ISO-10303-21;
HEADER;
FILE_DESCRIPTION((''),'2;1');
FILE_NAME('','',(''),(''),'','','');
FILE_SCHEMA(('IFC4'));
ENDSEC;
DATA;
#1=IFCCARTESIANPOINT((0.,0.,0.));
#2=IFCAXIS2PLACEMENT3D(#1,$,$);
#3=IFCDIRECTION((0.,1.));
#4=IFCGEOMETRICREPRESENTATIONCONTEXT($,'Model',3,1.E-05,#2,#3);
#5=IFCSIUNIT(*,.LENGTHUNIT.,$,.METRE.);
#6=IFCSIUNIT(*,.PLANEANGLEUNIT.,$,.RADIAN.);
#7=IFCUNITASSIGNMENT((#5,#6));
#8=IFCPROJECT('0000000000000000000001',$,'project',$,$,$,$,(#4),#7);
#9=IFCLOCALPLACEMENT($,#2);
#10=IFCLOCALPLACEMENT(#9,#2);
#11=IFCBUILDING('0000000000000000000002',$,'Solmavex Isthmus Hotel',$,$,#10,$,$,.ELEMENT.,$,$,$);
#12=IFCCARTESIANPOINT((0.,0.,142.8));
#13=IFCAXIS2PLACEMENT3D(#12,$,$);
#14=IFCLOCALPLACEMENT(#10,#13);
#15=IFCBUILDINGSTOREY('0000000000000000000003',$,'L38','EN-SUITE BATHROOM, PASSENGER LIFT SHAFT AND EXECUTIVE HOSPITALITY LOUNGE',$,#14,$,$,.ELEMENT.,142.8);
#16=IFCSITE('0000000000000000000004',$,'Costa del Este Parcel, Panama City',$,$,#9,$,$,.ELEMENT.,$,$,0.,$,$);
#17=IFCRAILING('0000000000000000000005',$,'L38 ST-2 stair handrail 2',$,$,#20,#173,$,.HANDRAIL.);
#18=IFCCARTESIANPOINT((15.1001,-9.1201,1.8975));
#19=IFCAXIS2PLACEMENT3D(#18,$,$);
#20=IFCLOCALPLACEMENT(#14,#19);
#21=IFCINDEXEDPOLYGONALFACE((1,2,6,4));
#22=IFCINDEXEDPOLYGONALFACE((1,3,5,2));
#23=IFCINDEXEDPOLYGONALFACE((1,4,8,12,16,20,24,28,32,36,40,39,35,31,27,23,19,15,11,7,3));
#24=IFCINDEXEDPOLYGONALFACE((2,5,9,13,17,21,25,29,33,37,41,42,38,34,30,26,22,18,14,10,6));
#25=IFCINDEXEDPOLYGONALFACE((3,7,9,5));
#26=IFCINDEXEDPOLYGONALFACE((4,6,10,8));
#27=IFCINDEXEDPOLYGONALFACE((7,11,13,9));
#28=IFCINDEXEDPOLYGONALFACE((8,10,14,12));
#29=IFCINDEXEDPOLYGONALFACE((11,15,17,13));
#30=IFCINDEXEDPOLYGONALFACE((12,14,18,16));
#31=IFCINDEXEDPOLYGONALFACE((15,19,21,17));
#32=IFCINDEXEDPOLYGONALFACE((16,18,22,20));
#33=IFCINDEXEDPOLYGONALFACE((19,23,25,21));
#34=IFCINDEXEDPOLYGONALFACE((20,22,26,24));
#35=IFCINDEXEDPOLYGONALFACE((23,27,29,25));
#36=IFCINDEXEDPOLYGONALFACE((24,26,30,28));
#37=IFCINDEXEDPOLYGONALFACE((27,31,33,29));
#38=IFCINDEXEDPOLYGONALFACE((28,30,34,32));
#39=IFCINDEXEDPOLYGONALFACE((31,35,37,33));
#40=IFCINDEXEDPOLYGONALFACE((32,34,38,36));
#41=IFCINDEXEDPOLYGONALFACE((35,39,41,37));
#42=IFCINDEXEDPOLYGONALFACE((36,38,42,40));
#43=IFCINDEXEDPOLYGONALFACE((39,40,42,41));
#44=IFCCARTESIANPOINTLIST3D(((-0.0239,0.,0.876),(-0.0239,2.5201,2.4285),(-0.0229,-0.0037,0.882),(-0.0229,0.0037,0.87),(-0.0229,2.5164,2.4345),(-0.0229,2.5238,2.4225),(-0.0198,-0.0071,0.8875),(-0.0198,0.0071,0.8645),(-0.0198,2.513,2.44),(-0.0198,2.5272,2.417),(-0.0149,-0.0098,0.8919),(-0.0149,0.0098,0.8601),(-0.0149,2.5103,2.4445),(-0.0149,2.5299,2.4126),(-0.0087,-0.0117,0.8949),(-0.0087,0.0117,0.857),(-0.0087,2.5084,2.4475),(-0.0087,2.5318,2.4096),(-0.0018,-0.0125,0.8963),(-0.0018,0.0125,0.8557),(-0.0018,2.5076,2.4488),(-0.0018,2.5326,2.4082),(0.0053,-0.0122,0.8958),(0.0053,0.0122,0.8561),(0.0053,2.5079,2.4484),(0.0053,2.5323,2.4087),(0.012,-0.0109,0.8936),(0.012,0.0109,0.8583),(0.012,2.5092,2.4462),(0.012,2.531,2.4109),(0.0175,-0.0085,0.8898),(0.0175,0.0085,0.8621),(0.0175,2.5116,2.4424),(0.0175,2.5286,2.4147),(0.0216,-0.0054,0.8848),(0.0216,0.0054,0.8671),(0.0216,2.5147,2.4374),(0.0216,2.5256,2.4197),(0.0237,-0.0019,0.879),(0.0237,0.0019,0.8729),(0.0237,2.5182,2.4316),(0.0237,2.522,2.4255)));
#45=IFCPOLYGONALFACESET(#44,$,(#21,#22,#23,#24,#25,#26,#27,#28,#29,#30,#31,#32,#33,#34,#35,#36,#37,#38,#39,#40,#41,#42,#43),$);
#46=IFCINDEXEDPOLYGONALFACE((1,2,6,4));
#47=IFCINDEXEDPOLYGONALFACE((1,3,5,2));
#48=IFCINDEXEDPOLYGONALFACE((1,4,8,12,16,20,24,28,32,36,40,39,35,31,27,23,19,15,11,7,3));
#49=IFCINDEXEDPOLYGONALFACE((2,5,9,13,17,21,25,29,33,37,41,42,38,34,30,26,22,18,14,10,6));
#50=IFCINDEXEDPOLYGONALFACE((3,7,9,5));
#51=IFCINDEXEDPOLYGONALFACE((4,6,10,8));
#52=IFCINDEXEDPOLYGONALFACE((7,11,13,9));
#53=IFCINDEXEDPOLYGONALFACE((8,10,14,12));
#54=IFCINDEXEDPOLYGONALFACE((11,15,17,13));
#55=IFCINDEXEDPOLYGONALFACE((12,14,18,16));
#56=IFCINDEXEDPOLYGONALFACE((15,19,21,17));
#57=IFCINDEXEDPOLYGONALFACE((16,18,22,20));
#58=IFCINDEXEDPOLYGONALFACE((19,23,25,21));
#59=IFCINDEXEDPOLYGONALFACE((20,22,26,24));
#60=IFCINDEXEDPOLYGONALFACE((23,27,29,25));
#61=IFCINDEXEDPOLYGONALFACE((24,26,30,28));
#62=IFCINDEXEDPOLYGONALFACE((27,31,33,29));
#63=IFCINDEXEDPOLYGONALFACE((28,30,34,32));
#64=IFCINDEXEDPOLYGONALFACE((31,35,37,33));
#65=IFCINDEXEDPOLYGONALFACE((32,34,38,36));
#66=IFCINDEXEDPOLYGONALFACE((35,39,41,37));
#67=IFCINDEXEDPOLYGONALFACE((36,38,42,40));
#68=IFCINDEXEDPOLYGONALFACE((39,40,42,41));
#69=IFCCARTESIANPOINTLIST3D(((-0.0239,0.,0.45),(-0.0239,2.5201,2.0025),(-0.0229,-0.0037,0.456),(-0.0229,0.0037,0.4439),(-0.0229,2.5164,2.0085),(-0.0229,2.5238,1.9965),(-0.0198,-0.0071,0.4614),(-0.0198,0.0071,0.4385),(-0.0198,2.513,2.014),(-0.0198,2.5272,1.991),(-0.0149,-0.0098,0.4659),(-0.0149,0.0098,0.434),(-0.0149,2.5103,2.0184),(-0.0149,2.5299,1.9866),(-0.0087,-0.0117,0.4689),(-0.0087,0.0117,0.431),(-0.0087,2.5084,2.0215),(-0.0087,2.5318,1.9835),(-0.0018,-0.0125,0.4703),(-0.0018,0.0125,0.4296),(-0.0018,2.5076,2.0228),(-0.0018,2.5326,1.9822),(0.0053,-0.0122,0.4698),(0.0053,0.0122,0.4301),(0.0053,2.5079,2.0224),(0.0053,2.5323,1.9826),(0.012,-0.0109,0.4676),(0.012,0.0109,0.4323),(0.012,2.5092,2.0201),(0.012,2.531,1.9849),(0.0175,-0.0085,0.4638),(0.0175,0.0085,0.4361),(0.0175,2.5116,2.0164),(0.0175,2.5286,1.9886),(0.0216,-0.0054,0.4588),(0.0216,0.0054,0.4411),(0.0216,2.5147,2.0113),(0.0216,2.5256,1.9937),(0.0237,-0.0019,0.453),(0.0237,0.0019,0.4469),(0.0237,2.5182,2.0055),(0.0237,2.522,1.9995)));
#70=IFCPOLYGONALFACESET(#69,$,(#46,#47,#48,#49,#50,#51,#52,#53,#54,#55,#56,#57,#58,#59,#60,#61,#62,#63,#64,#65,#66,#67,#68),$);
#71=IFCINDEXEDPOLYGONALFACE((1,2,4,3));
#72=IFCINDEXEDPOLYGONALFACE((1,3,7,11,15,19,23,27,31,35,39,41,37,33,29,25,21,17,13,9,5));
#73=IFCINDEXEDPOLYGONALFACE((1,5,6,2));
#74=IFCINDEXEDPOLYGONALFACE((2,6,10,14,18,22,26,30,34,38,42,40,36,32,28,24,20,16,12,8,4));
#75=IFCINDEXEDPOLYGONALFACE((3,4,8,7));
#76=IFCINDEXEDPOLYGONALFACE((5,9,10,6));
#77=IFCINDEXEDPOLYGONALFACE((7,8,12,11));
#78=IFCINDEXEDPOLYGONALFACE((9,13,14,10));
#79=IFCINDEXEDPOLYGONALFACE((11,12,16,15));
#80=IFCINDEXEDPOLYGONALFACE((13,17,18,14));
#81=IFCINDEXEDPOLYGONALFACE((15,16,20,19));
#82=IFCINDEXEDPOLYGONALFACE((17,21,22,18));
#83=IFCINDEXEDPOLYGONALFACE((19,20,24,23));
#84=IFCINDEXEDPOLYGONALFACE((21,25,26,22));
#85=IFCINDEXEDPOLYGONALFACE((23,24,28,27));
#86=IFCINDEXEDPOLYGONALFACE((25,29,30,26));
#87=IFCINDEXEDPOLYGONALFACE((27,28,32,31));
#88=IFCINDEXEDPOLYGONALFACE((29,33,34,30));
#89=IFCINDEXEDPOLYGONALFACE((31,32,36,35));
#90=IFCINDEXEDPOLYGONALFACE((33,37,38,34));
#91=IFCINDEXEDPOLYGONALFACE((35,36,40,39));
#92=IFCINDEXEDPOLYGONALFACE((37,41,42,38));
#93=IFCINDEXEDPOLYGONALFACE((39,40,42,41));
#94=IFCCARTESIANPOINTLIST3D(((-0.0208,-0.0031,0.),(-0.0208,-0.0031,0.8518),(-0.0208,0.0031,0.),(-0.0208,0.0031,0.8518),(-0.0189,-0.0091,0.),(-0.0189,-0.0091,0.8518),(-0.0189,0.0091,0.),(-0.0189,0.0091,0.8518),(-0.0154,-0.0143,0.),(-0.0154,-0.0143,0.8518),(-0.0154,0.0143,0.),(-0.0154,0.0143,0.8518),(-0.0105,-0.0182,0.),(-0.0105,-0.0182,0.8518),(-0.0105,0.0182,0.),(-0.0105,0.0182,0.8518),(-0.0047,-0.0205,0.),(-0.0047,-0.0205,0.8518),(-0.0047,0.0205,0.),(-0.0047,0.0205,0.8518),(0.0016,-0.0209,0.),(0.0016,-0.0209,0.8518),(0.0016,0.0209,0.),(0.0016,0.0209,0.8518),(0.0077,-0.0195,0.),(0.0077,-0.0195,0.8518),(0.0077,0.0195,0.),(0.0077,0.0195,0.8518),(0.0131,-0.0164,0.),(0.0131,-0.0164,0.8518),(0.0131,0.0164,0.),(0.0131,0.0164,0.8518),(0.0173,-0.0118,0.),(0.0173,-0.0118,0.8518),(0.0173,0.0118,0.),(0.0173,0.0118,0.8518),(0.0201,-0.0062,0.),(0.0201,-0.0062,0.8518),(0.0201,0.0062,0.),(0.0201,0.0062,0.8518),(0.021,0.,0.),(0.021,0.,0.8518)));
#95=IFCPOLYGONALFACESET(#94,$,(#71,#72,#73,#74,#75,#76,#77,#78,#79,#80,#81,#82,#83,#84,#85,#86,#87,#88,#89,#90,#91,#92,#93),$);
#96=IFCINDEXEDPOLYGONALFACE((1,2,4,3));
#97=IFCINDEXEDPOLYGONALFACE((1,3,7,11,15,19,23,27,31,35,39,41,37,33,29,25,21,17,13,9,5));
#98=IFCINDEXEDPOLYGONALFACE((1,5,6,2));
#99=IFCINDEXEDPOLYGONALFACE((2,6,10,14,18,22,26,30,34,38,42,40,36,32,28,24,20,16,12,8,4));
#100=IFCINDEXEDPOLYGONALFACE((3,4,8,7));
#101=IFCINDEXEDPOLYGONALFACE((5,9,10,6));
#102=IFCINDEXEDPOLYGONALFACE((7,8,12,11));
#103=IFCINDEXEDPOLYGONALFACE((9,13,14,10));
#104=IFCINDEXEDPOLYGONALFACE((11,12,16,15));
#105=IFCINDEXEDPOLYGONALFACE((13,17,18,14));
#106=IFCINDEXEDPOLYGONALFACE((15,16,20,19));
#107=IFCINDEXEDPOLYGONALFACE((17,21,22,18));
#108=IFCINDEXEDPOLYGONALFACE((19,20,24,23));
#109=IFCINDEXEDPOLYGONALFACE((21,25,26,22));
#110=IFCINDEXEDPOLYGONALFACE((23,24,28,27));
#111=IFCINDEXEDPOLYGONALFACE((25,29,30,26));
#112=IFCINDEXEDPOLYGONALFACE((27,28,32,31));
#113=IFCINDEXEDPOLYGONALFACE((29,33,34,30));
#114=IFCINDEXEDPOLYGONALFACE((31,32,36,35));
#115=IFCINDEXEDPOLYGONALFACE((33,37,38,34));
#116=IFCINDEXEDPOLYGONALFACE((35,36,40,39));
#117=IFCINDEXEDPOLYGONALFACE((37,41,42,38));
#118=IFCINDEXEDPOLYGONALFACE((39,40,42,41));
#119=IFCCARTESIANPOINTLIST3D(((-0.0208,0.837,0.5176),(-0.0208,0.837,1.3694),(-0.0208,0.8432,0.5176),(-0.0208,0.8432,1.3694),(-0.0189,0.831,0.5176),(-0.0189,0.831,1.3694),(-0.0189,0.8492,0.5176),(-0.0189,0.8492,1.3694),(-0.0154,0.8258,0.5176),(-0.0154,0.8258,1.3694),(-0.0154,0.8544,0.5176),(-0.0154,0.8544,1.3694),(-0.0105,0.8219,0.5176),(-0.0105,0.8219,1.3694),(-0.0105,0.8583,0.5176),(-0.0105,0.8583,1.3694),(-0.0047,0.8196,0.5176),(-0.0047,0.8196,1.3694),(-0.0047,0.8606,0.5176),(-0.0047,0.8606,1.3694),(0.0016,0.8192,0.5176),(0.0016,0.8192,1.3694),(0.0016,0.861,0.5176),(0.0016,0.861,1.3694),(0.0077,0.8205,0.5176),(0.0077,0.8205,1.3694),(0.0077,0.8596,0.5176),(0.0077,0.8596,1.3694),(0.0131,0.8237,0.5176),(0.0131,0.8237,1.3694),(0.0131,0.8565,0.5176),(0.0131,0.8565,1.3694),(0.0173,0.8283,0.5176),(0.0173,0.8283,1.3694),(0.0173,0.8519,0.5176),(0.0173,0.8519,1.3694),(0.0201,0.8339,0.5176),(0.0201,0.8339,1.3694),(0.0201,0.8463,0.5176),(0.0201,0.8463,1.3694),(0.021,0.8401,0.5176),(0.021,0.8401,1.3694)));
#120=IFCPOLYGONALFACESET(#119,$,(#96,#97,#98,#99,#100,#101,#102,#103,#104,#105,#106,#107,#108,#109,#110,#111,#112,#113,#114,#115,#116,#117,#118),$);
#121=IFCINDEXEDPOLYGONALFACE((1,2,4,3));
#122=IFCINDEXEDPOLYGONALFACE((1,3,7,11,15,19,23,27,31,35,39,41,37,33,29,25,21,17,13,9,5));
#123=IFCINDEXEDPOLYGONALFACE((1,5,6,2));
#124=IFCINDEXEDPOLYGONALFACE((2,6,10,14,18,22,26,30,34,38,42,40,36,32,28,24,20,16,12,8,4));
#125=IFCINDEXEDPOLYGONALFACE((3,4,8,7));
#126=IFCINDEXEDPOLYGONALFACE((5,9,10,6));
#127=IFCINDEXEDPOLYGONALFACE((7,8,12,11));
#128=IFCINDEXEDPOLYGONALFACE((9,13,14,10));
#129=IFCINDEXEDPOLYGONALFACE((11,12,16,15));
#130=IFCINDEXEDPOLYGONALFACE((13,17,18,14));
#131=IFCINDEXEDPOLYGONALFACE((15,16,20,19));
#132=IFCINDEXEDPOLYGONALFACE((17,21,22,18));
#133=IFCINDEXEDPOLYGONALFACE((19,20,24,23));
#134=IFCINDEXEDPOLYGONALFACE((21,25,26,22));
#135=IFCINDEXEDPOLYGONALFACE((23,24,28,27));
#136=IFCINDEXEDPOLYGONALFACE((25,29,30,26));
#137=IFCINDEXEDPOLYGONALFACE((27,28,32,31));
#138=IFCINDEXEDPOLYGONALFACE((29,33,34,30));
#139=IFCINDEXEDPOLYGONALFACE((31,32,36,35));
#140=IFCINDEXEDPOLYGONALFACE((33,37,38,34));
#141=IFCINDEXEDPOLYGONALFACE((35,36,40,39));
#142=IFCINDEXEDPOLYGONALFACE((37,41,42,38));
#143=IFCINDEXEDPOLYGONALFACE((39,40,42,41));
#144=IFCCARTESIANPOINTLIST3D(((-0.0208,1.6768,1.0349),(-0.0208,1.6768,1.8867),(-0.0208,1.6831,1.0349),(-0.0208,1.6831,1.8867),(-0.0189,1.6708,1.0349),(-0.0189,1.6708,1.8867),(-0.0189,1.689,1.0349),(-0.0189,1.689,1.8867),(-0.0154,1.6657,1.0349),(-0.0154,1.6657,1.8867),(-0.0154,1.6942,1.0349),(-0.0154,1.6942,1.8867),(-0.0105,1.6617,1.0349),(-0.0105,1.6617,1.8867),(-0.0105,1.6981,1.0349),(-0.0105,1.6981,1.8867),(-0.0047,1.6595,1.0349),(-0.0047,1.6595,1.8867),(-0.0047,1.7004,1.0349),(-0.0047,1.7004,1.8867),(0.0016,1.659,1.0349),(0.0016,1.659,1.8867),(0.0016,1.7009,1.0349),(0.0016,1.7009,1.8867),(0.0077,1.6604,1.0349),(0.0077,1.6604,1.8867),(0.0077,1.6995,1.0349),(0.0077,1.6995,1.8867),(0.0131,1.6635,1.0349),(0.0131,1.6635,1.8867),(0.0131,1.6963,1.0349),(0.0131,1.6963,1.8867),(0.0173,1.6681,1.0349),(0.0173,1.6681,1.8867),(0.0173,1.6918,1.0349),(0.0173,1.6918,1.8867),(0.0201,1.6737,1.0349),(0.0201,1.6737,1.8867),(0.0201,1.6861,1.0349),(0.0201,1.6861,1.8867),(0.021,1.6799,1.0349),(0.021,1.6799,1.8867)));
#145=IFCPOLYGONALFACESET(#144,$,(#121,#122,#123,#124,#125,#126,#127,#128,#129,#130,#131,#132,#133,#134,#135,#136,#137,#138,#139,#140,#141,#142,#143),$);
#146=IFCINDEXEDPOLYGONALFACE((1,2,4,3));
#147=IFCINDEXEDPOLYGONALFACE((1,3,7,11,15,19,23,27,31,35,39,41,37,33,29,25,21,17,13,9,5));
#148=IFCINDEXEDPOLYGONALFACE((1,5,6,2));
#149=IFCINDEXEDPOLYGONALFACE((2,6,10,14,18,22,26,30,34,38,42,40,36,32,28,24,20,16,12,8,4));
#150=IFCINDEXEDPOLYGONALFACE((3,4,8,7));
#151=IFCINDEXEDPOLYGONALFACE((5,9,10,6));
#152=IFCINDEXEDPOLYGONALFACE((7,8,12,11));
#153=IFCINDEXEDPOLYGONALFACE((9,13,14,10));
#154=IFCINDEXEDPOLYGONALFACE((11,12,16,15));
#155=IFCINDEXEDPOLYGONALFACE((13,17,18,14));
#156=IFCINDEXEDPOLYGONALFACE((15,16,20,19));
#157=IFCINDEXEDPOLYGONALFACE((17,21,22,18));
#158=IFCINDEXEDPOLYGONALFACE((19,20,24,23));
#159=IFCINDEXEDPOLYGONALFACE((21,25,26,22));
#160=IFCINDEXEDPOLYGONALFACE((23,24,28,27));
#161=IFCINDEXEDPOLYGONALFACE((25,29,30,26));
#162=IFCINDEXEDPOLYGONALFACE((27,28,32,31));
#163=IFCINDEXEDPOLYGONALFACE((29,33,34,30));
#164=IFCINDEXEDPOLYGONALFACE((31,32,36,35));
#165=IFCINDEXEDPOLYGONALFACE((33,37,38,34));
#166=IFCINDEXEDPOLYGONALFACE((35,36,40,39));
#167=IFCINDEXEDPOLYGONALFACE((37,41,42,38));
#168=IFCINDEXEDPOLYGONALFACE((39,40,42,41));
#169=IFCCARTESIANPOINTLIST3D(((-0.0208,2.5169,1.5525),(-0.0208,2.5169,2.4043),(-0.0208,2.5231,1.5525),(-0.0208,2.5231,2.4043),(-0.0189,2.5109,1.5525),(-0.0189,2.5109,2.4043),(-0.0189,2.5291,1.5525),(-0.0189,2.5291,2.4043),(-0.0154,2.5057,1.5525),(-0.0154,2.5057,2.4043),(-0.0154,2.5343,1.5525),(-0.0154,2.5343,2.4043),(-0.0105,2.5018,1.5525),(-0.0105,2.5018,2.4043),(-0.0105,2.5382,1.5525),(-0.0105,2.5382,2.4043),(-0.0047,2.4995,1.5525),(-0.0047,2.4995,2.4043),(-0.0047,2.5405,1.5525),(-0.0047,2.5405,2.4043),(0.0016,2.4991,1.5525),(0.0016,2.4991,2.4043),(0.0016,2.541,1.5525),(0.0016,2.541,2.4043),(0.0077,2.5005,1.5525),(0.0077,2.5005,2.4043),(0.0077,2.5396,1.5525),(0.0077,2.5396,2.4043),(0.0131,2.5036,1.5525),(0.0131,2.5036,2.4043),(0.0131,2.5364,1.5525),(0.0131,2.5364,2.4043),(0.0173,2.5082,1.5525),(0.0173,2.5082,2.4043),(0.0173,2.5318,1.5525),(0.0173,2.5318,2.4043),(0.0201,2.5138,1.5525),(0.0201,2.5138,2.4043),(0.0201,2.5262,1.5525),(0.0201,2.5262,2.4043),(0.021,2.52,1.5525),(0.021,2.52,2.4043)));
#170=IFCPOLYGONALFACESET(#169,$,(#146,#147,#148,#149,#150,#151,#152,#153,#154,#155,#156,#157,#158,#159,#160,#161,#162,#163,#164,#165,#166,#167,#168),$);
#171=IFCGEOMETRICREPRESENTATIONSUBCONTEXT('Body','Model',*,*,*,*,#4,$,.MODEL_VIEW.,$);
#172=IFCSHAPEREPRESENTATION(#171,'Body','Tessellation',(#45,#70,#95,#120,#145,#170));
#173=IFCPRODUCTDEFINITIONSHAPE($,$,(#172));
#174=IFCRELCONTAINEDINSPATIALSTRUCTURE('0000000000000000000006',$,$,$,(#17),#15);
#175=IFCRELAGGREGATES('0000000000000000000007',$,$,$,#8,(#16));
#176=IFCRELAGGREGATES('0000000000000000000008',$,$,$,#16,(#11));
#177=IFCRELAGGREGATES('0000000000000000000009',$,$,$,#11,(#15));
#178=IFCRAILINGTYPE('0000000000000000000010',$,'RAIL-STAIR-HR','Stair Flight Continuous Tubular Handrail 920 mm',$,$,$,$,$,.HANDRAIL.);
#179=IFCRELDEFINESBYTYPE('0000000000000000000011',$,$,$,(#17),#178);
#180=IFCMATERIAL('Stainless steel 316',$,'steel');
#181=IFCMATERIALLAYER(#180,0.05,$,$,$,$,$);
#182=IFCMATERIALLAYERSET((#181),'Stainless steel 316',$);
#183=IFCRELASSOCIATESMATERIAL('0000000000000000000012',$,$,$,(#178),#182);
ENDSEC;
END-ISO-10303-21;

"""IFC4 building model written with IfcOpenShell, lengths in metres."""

from ifc_helpers import new_model, si_unit, direction, frame, origin, origin_2d, place, context, subcontext, project, spatial, circle, extrude, material, layer, layer_set, type_object, element, save


model = new_model("IFC4")

# Units and contexts
model_context = context("Model", 3, precision=1e-05, world=origin(), true_north=direction((0.0, 1.0)))
body_context = subcontext(model_context, "Body", "Model", "MODEL_VIEW")
ifc_project = project(units=[si_unit("LENGTHUNIT", "METRE"), si_unit("PLANEANGLEUNIT", "RADIAN")], contexts=[model_context])

# Site, building, storey
site_placement = place(None, origin())
site = spatial("IfcSite", under=ifc_project, at=site_placement, Name="Costa del Este Parcel, Panama City", CompositionType="ELEMENT", RefElevation=0.0)
building_placement = place(site_placement, origin())
building = spatial("IfcBuilding", under=site, at=building_placement, Name="Solmavex Isthmus Hotel", CompositionType="ELEMENT")
storey_placement = place(building_placement, frame((0.0, 0.0, 142.8)))
storey = spatial("IfcBuildingStorey", under=building, at=storey_placement, Name="L38", Description="EN-SUITE BATHROOM, PASSENGER LIFT SHAFT AND EXECUTIVE HOSPITALITY LOUNGE", CompositionType="ELEMENT", Elevation=142.8)

# Railing
ifc_material_1 = material(Name="Stainless steel 316", Category="steel")
ifc_layer_1 = layer(ifc_material_1, 0.05)
ifc_layer_set_1 = layer_set([ifc_layer_1], Name="Stainless steel 316")
railing_type_1 = type_object("IfcRailingType", Name="RAIL-STAIR-HR", Description="Stair Flight Continuous Tubular Handrail 920 mm", PredefinedType="HANDRAIL", material=ifc_layer_set_1)
railing_1_placement = place(storey_placement, frame((15.1001, -9.1201, 1.8975)))
element("IfcRailing", 1, at=railing_1_placement, inside=storey, type_object=railing_type_1, Name="L38 ST-2 stair handrail 2", PredefinedType="HANDRAIL", context=body_context, shape_type="SweptSolid", body=[
    extrude(circle(Radius=0.0239, at=origin_2d()), frame((0.0, 0.0, 0.876), z_axis=(0.0, 0.8514, 0.524516), x_axis=(-1.0, 0.0, 0.0)), (0.0, 0.0, 1.0), 2.96),
    extrude(circle(Radius=0.0239, at=origin_2d()), frame((0.0, 0.0, 0.45), z_axis=(0.0, 0.8514, 0.524516), x_axis=(-1.0, 0.0, 0.0)), (0.0, 0.0, 1.0), 2.96),
    extrude(circle(Radius=0.021, at=origin_2d()), origin(), (0.0, 0.0, 1.0), 0.8518),
    extrude(circle(Radius=0.021, at=origin_2d()), frame((0.0, 0.8401, 0.5176)), (0.0, 0.0, 1.0), 0.8518),
    extrude(circle(Radius=0.021, at=origin_2d()), frame((0.0, 1.6799, 1.0349)), (0.0, 0.0, 1.0), 0.8518),
    extrude(circle(Radius=0.021, at=origin_2d()), frame((0.0, 2.52, 1.5525)), (0.0, 0.0, 1.0), 0.8518),
])

save(model, "model.ifc")
